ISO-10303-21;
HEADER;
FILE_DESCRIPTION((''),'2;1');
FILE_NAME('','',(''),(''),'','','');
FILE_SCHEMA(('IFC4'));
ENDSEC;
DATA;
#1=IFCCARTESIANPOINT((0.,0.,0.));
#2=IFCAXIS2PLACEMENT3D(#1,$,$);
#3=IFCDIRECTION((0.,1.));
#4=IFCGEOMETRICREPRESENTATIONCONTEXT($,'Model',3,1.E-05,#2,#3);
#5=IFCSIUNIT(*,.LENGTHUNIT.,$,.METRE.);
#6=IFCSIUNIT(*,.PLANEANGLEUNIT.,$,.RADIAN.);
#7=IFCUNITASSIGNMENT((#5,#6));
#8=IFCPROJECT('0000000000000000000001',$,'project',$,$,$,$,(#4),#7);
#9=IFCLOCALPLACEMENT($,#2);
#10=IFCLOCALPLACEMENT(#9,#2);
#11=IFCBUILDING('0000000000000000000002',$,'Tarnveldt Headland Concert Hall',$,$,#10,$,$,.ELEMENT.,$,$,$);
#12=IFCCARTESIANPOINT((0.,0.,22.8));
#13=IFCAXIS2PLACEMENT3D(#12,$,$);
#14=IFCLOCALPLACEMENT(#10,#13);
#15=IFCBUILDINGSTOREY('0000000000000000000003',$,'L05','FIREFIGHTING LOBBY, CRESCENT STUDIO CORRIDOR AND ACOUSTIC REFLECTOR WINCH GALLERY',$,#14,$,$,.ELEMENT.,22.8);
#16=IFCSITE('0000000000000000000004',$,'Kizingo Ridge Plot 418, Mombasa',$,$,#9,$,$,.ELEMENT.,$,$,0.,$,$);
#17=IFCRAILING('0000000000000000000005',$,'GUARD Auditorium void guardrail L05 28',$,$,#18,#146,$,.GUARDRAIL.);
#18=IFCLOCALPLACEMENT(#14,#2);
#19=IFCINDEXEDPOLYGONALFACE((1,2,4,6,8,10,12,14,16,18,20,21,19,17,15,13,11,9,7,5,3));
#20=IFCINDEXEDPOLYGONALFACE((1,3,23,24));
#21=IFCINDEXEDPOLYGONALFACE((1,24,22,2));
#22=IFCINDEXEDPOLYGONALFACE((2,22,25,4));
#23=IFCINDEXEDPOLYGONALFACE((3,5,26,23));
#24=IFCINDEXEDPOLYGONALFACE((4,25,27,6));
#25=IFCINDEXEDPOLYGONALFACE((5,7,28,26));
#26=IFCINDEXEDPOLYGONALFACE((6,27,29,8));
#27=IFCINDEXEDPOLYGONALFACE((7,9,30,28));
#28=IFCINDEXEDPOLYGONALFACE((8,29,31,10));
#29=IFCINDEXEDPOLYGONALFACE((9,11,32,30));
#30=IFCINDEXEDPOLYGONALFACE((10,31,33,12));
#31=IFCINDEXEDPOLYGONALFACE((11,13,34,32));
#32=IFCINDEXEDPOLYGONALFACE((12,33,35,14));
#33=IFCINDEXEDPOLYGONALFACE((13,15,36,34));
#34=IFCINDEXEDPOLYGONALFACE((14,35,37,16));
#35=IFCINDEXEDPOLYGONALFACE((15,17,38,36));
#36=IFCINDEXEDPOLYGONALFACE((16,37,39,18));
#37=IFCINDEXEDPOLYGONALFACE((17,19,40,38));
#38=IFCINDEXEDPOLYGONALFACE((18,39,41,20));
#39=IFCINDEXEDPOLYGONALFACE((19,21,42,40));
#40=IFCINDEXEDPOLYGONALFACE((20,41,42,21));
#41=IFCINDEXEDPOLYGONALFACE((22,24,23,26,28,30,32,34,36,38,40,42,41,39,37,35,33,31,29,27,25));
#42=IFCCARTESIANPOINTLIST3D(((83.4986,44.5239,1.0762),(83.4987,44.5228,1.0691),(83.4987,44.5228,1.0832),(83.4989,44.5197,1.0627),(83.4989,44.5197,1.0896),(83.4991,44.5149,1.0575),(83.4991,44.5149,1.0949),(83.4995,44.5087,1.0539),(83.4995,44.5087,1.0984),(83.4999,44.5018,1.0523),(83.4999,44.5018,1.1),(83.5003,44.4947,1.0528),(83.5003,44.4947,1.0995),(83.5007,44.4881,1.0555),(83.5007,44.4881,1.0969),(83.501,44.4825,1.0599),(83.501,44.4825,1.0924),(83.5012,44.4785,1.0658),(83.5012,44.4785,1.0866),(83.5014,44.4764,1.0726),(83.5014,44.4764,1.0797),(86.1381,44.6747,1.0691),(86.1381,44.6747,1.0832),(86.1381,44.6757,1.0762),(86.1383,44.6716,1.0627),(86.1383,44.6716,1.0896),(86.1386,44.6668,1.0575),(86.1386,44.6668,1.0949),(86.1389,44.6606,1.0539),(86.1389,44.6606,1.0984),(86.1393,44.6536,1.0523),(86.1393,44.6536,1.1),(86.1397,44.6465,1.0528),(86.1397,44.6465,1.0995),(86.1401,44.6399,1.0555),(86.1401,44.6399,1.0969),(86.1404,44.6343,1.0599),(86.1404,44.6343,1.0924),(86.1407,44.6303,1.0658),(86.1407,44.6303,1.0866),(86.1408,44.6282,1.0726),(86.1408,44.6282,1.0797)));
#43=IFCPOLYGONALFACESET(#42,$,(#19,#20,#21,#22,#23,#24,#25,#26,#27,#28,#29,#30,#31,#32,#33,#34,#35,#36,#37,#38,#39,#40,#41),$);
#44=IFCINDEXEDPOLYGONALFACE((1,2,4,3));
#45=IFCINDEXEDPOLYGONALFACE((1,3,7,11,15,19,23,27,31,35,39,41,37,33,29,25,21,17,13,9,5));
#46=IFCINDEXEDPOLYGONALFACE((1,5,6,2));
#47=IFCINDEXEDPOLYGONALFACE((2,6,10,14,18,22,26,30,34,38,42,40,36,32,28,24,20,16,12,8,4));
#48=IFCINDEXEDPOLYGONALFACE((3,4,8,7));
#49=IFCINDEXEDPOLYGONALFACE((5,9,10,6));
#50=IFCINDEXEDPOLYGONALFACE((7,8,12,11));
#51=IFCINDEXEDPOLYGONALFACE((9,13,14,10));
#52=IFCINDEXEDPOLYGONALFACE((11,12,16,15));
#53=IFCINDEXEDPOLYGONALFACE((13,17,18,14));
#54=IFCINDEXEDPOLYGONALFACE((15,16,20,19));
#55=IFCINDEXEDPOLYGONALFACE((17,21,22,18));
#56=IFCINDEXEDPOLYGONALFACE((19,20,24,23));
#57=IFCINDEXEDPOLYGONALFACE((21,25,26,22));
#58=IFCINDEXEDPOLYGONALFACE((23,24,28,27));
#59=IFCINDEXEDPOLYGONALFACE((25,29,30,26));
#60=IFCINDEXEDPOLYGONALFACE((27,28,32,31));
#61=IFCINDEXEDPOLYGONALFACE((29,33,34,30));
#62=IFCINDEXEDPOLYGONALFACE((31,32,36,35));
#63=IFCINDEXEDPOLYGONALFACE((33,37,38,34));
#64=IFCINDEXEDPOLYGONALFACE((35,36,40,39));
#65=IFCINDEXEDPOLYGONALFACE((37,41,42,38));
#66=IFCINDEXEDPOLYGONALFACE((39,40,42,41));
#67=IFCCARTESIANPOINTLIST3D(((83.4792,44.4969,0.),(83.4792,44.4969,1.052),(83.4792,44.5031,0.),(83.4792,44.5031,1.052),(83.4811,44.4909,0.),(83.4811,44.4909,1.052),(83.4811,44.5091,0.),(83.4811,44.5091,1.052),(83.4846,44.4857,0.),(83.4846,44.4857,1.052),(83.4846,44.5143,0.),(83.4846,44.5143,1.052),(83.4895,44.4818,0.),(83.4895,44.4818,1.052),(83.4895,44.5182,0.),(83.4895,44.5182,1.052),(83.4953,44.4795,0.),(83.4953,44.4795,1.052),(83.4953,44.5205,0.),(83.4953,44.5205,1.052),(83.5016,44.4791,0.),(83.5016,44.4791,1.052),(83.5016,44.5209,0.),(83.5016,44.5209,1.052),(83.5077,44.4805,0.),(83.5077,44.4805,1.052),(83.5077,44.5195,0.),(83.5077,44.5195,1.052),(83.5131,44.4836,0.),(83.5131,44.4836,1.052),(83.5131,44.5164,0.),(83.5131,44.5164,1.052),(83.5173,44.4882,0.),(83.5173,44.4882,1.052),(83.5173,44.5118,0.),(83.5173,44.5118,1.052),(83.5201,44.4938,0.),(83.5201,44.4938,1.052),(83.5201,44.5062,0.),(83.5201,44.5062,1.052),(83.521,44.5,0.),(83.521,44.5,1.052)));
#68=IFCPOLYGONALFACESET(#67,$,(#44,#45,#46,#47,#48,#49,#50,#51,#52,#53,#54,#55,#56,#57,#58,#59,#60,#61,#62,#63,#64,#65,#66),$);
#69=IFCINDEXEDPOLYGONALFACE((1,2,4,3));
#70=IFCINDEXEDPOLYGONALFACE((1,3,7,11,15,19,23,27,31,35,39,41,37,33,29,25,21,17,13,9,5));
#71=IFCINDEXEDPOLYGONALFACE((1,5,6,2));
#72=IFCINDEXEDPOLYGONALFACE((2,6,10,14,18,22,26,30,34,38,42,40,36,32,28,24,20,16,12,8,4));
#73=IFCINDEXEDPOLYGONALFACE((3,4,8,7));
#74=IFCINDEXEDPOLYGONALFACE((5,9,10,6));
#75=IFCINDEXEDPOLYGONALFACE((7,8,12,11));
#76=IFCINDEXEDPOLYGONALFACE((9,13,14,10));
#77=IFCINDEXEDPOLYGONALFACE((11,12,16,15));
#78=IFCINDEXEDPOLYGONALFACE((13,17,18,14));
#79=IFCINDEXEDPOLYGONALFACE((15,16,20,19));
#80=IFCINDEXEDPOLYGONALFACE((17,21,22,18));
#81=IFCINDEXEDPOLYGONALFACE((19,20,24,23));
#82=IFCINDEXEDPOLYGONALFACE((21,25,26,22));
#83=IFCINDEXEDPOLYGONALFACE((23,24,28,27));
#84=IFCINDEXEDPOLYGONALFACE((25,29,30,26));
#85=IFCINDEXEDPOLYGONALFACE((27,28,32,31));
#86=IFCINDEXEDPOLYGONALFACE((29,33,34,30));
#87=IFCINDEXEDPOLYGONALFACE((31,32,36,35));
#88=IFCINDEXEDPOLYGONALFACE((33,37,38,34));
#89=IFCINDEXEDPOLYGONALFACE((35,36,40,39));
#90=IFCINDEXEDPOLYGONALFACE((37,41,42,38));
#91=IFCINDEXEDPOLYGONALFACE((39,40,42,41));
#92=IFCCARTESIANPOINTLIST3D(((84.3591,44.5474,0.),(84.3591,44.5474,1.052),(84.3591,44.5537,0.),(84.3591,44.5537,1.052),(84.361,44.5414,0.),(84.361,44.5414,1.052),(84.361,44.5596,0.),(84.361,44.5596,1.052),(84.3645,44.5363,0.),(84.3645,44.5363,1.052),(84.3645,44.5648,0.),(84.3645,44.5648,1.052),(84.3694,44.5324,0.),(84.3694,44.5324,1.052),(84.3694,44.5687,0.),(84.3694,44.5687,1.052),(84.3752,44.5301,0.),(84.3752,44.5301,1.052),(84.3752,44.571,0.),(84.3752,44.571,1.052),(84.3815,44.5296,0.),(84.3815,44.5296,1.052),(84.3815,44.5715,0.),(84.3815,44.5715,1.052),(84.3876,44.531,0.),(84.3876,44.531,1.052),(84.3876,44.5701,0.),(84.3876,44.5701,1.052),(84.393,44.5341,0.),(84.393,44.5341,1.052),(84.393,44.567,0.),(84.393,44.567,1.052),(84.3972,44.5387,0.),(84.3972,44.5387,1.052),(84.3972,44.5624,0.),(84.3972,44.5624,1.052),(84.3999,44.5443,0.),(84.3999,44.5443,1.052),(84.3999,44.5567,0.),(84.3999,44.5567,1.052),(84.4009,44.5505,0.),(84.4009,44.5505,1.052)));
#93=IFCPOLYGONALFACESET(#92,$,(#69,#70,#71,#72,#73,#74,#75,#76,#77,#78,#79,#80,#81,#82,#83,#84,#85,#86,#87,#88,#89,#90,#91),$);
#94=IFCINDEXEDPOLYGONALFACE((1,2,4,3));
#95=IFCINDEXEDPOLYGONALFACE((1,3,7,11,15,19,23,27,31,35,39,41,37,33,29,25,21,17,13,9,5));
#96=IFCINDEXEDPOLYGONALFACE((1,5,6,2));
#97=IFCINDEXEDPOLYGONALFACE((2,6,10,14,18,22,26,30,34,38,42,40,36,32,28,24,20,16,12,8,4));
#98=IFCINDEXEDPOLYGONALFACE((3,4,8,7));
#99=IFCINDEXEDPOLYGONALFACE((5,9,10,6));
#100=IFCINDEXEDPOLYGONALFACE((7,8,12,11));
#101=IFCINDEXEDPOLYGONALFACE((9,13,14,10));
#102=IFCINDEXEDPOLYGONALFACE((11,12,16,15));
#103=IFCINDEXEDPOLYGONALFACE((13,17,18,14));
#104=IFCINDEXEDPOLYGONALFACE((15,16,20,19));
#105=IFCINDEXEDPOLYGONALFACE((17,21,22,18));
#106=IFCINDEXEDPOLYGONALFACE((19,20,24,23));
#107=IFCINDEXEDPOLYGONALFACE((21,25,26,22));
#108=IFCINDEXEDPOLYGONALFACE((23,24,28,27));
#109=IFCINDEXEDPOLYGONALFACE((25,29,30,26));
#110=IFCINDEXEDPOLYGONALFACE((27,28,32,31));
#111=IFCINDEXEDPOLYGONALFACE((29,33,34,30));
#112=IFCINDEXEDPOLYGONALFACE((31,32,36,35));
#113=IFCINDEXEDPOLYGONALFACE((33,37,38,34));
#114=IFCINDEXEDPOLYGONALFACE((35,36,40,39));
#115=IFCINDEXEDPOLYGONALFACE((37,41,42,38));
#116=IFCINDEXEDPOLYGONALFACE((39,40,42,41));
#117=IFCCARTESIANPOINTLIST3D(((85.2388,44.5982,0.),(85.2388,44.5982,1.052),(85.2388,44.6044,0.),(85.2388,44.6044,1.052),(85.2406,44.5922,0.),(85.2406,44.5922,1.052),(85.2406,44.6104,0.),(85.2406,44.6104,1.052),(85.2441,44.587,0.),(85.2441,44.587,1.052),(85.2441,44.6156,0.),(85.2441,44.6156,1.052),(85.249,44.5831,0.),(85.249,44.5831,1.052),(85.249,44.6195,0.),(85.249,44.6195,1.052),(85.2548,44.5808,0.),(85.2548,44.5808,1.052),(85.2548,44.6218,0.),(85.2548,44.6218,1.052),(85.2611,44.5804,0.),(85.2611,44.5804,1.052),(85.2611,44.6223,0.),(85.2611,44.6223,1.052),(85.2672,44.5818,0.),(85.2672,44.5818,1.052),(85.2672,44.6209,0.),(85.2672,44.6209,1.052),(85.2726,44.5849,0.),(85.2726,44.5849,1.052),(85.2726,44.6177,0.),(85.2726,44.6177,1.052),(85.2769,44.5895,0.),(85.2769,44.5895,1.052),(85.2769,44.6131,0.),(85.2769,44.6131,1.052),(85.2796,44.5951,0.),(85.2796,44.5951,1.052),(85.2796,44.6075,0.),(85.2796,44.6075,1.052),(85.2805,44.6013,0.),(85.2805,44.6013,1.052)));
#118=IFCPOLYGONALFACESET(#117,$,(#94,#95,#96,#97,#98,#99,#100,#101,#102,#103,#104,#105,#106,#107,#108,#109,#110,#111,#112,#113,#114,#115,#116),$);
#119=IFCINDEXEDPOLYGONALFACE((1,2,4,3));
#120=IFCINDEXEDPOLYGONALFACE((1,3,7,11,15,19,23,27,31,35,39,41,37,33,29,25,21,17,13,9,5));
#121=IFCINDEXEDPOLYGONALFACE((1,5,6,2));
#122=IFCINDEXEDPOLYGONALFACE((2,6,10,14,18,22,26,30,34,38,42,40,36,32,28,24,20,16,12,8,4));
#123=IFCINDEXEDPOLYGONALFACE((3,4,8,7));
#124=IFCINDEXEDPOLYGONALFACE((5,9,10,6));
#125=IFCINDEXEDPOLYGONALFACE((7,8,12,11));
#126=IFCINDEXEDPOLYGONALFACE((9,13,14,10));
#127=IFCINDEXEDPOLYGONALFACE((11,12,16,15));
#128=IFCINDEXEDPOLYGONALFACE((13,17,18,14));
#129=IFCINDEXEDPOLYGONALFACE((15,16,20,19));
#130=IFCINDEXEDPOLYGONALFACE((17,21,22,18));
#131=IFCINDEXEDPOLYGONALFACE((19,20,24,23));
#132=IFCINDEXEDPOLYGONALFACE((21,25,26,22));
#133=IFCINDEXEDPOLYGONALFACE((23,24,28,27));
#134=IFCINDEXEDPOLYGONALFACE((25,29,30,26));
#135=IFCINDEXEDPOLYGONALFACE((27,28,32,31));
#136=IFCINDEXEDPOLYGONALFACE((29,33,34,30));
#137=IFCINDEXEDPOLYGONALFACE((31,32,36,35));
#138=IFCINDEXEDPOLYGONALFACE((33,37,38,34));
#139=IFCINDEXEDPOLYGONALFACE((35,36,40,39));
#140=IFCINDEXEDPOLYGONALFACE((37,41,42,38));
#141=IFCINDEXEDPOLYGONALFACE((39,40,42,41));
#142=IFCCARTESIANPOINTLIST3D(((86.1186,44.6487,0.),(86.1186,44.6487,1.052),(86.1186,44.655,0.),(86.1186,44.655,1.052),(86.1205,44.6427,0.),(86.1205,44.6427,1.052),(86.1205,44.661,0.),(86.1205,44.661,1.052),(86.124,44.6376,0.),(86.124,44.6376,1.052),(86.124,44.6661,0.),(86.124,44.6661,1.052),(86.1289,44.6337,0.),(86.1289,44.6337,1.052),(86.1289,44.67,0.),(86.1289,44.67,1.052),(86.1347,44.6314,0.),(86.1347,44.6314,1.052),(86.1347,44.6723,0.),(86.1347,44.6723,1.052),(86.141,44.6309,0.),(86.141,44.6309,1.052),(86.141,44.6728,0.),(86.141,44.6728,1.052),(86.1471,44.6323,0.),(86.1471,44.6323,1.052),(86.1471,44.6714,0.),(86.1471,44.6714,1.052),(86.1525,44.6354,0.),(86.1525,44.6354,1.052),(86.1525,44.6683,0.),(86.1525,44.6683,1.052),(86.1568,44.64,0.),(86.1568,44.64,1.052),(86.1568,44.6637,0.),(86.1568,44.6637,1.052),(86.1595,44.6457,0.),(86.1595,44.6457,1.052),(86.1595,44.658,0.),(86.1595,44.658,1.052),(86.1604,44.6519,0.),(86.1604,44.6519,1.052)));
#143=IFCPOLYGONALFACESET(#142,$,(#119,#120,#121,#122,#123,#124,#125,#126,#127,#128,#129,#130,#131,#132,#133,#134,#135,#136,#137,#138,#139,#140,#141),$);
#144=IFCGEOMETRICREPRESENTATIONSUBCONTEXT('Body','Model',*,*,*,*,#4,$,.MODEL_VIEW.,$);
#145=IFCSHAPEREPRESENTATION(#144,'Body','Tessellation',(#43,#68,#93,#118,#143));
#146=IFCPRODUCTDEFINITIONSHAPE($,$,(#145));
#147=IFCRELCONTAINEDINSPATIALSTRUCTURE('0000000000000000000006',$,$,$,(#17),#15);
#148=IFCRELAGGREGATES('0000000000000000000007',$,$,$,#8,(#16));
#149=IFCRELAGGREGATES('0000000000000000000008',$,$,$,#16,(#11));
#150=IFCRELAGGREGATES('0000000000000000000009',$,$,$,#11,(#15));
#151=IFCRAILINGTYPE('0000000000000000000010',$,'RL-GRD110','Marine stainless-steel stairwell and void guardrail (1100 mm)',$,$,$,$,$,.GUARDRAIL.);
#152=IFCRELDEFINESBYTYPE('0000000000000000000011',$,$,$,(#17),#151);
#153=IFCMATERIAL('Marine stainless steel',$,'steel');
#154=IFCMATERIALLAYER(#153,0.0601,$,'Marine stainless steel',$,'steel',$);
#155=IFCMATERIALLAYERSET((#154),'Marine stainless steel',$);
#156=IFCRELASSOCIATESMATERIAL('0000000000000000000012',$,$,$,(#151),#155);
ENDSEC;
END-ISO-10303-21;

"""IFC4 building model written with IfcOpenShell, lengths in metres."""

from ifc_helpers import new_model, si_unit, direction, frame, origin, origin_2d, place, context, subcontext, project, spatial, circle, extrude, material, layer, layer_set, type_object, element, save


model = new_model("IFC4")

# Units and contexts
model_context = context("Model", 3, precision=1e-05, world=origin(), true_north=direction((0.0, 1.0)))
body_context = subcontext(model_context, "Body", "Model", "MODEL_VIEW")
ifc_project = project(units=[si_unit("LENGTHUNIT", "METRE"), si_unit("PLANEANGLEUNIT", "RADIAN")], contexts=[model_context])

# Site, building, storey
site_placement = place(None, origin())
site = spatial("IfcSite", under=ifc_project, at=site_placement, Name="Kizingo Ridge Plot 418, Mombasa", CompositionType="ELEMENT", RefElevation=0.0)
building_placement = place(site_placement, origin())
building = spatial("IfcBuilding", under=site, at=building_placement, Name="Tarnveldt Headland Concert Hall", CompositionType="ELEMENT")
storey_placement = place(building_placement, frame((0.0, 0.0, 22.8)))
storey = spatial("IfcBuildingStorey", under=building, at=storey_placement, Name="L05", Description="FIREFIGHTING LOBBY, CRESCENT STUDIO CORRIDOR AND ACOUSTIC REFLECTOR WINCH GALLERY", CompositionType="ELEMENT", Elevation=22.8)

# Railing
ifc_material_1 = material(Name="Marine stainless steel", Category="steel")
ifc_layer_1 = layer(ifc_material_1, 0.0601, Name="Marine stainless steel", Category="steel")
ifc_layer_set_1 = layer_set([ifc_layer_1], Name="Marine stainless steel")
railing_type = type_object("IfcRailingType", Name="RL-GRD110", Description="Marine stainless-steel stairwell and void guardrail (1100 mm)", PredefinedType="GUARDRAIL", material=ifc_layer_set_1)
railing_1_placement = place(storey_placement, frame((83.5, 44.5, 0.0)))
element("IfcRailing", 1, at=railing_1_placement, inside=storey, type_object=railing_type, Name="GUARD Auditorium void guardrail L05 28", PredefinedType="GUARDRAIL", context=body_context, shape_type="SweptSolid", body=[
    extrude(circle(Radius=0.0239, at=origin_2d()), frame((0.0, 0.0, 1.0762), z_axis=(0.998349, 0.057439, 0.0), x_axis=(-0.057439, 0.998349, 0.0)), (0.0, 0.0, 1.0), 2.6438),
    extrude(circle(Radius=0.021, at=origin_2d()), origin(), (0.0, 0.0, 1.0), 1.052),
    extrude(circle(Radius=0.021, at=origin_2d()), frame((0.8799, 0.0505, 0.0)), (0.0, 0.0, 1.0), 1.052),
    extrude(circle(Radius=0.021, at=origin_2d()), frame((1.7595, 0.1013, 0.0)), (0.0, 0.0, 1.0), 1.052),
    extrude(circle(Radius=0.021, at=origin_2d()), frame((2.6394, 0.1519, 0.0)), (0.0, 0.0, 1.0), 1.052),
])

save(model, "model.ifc")
